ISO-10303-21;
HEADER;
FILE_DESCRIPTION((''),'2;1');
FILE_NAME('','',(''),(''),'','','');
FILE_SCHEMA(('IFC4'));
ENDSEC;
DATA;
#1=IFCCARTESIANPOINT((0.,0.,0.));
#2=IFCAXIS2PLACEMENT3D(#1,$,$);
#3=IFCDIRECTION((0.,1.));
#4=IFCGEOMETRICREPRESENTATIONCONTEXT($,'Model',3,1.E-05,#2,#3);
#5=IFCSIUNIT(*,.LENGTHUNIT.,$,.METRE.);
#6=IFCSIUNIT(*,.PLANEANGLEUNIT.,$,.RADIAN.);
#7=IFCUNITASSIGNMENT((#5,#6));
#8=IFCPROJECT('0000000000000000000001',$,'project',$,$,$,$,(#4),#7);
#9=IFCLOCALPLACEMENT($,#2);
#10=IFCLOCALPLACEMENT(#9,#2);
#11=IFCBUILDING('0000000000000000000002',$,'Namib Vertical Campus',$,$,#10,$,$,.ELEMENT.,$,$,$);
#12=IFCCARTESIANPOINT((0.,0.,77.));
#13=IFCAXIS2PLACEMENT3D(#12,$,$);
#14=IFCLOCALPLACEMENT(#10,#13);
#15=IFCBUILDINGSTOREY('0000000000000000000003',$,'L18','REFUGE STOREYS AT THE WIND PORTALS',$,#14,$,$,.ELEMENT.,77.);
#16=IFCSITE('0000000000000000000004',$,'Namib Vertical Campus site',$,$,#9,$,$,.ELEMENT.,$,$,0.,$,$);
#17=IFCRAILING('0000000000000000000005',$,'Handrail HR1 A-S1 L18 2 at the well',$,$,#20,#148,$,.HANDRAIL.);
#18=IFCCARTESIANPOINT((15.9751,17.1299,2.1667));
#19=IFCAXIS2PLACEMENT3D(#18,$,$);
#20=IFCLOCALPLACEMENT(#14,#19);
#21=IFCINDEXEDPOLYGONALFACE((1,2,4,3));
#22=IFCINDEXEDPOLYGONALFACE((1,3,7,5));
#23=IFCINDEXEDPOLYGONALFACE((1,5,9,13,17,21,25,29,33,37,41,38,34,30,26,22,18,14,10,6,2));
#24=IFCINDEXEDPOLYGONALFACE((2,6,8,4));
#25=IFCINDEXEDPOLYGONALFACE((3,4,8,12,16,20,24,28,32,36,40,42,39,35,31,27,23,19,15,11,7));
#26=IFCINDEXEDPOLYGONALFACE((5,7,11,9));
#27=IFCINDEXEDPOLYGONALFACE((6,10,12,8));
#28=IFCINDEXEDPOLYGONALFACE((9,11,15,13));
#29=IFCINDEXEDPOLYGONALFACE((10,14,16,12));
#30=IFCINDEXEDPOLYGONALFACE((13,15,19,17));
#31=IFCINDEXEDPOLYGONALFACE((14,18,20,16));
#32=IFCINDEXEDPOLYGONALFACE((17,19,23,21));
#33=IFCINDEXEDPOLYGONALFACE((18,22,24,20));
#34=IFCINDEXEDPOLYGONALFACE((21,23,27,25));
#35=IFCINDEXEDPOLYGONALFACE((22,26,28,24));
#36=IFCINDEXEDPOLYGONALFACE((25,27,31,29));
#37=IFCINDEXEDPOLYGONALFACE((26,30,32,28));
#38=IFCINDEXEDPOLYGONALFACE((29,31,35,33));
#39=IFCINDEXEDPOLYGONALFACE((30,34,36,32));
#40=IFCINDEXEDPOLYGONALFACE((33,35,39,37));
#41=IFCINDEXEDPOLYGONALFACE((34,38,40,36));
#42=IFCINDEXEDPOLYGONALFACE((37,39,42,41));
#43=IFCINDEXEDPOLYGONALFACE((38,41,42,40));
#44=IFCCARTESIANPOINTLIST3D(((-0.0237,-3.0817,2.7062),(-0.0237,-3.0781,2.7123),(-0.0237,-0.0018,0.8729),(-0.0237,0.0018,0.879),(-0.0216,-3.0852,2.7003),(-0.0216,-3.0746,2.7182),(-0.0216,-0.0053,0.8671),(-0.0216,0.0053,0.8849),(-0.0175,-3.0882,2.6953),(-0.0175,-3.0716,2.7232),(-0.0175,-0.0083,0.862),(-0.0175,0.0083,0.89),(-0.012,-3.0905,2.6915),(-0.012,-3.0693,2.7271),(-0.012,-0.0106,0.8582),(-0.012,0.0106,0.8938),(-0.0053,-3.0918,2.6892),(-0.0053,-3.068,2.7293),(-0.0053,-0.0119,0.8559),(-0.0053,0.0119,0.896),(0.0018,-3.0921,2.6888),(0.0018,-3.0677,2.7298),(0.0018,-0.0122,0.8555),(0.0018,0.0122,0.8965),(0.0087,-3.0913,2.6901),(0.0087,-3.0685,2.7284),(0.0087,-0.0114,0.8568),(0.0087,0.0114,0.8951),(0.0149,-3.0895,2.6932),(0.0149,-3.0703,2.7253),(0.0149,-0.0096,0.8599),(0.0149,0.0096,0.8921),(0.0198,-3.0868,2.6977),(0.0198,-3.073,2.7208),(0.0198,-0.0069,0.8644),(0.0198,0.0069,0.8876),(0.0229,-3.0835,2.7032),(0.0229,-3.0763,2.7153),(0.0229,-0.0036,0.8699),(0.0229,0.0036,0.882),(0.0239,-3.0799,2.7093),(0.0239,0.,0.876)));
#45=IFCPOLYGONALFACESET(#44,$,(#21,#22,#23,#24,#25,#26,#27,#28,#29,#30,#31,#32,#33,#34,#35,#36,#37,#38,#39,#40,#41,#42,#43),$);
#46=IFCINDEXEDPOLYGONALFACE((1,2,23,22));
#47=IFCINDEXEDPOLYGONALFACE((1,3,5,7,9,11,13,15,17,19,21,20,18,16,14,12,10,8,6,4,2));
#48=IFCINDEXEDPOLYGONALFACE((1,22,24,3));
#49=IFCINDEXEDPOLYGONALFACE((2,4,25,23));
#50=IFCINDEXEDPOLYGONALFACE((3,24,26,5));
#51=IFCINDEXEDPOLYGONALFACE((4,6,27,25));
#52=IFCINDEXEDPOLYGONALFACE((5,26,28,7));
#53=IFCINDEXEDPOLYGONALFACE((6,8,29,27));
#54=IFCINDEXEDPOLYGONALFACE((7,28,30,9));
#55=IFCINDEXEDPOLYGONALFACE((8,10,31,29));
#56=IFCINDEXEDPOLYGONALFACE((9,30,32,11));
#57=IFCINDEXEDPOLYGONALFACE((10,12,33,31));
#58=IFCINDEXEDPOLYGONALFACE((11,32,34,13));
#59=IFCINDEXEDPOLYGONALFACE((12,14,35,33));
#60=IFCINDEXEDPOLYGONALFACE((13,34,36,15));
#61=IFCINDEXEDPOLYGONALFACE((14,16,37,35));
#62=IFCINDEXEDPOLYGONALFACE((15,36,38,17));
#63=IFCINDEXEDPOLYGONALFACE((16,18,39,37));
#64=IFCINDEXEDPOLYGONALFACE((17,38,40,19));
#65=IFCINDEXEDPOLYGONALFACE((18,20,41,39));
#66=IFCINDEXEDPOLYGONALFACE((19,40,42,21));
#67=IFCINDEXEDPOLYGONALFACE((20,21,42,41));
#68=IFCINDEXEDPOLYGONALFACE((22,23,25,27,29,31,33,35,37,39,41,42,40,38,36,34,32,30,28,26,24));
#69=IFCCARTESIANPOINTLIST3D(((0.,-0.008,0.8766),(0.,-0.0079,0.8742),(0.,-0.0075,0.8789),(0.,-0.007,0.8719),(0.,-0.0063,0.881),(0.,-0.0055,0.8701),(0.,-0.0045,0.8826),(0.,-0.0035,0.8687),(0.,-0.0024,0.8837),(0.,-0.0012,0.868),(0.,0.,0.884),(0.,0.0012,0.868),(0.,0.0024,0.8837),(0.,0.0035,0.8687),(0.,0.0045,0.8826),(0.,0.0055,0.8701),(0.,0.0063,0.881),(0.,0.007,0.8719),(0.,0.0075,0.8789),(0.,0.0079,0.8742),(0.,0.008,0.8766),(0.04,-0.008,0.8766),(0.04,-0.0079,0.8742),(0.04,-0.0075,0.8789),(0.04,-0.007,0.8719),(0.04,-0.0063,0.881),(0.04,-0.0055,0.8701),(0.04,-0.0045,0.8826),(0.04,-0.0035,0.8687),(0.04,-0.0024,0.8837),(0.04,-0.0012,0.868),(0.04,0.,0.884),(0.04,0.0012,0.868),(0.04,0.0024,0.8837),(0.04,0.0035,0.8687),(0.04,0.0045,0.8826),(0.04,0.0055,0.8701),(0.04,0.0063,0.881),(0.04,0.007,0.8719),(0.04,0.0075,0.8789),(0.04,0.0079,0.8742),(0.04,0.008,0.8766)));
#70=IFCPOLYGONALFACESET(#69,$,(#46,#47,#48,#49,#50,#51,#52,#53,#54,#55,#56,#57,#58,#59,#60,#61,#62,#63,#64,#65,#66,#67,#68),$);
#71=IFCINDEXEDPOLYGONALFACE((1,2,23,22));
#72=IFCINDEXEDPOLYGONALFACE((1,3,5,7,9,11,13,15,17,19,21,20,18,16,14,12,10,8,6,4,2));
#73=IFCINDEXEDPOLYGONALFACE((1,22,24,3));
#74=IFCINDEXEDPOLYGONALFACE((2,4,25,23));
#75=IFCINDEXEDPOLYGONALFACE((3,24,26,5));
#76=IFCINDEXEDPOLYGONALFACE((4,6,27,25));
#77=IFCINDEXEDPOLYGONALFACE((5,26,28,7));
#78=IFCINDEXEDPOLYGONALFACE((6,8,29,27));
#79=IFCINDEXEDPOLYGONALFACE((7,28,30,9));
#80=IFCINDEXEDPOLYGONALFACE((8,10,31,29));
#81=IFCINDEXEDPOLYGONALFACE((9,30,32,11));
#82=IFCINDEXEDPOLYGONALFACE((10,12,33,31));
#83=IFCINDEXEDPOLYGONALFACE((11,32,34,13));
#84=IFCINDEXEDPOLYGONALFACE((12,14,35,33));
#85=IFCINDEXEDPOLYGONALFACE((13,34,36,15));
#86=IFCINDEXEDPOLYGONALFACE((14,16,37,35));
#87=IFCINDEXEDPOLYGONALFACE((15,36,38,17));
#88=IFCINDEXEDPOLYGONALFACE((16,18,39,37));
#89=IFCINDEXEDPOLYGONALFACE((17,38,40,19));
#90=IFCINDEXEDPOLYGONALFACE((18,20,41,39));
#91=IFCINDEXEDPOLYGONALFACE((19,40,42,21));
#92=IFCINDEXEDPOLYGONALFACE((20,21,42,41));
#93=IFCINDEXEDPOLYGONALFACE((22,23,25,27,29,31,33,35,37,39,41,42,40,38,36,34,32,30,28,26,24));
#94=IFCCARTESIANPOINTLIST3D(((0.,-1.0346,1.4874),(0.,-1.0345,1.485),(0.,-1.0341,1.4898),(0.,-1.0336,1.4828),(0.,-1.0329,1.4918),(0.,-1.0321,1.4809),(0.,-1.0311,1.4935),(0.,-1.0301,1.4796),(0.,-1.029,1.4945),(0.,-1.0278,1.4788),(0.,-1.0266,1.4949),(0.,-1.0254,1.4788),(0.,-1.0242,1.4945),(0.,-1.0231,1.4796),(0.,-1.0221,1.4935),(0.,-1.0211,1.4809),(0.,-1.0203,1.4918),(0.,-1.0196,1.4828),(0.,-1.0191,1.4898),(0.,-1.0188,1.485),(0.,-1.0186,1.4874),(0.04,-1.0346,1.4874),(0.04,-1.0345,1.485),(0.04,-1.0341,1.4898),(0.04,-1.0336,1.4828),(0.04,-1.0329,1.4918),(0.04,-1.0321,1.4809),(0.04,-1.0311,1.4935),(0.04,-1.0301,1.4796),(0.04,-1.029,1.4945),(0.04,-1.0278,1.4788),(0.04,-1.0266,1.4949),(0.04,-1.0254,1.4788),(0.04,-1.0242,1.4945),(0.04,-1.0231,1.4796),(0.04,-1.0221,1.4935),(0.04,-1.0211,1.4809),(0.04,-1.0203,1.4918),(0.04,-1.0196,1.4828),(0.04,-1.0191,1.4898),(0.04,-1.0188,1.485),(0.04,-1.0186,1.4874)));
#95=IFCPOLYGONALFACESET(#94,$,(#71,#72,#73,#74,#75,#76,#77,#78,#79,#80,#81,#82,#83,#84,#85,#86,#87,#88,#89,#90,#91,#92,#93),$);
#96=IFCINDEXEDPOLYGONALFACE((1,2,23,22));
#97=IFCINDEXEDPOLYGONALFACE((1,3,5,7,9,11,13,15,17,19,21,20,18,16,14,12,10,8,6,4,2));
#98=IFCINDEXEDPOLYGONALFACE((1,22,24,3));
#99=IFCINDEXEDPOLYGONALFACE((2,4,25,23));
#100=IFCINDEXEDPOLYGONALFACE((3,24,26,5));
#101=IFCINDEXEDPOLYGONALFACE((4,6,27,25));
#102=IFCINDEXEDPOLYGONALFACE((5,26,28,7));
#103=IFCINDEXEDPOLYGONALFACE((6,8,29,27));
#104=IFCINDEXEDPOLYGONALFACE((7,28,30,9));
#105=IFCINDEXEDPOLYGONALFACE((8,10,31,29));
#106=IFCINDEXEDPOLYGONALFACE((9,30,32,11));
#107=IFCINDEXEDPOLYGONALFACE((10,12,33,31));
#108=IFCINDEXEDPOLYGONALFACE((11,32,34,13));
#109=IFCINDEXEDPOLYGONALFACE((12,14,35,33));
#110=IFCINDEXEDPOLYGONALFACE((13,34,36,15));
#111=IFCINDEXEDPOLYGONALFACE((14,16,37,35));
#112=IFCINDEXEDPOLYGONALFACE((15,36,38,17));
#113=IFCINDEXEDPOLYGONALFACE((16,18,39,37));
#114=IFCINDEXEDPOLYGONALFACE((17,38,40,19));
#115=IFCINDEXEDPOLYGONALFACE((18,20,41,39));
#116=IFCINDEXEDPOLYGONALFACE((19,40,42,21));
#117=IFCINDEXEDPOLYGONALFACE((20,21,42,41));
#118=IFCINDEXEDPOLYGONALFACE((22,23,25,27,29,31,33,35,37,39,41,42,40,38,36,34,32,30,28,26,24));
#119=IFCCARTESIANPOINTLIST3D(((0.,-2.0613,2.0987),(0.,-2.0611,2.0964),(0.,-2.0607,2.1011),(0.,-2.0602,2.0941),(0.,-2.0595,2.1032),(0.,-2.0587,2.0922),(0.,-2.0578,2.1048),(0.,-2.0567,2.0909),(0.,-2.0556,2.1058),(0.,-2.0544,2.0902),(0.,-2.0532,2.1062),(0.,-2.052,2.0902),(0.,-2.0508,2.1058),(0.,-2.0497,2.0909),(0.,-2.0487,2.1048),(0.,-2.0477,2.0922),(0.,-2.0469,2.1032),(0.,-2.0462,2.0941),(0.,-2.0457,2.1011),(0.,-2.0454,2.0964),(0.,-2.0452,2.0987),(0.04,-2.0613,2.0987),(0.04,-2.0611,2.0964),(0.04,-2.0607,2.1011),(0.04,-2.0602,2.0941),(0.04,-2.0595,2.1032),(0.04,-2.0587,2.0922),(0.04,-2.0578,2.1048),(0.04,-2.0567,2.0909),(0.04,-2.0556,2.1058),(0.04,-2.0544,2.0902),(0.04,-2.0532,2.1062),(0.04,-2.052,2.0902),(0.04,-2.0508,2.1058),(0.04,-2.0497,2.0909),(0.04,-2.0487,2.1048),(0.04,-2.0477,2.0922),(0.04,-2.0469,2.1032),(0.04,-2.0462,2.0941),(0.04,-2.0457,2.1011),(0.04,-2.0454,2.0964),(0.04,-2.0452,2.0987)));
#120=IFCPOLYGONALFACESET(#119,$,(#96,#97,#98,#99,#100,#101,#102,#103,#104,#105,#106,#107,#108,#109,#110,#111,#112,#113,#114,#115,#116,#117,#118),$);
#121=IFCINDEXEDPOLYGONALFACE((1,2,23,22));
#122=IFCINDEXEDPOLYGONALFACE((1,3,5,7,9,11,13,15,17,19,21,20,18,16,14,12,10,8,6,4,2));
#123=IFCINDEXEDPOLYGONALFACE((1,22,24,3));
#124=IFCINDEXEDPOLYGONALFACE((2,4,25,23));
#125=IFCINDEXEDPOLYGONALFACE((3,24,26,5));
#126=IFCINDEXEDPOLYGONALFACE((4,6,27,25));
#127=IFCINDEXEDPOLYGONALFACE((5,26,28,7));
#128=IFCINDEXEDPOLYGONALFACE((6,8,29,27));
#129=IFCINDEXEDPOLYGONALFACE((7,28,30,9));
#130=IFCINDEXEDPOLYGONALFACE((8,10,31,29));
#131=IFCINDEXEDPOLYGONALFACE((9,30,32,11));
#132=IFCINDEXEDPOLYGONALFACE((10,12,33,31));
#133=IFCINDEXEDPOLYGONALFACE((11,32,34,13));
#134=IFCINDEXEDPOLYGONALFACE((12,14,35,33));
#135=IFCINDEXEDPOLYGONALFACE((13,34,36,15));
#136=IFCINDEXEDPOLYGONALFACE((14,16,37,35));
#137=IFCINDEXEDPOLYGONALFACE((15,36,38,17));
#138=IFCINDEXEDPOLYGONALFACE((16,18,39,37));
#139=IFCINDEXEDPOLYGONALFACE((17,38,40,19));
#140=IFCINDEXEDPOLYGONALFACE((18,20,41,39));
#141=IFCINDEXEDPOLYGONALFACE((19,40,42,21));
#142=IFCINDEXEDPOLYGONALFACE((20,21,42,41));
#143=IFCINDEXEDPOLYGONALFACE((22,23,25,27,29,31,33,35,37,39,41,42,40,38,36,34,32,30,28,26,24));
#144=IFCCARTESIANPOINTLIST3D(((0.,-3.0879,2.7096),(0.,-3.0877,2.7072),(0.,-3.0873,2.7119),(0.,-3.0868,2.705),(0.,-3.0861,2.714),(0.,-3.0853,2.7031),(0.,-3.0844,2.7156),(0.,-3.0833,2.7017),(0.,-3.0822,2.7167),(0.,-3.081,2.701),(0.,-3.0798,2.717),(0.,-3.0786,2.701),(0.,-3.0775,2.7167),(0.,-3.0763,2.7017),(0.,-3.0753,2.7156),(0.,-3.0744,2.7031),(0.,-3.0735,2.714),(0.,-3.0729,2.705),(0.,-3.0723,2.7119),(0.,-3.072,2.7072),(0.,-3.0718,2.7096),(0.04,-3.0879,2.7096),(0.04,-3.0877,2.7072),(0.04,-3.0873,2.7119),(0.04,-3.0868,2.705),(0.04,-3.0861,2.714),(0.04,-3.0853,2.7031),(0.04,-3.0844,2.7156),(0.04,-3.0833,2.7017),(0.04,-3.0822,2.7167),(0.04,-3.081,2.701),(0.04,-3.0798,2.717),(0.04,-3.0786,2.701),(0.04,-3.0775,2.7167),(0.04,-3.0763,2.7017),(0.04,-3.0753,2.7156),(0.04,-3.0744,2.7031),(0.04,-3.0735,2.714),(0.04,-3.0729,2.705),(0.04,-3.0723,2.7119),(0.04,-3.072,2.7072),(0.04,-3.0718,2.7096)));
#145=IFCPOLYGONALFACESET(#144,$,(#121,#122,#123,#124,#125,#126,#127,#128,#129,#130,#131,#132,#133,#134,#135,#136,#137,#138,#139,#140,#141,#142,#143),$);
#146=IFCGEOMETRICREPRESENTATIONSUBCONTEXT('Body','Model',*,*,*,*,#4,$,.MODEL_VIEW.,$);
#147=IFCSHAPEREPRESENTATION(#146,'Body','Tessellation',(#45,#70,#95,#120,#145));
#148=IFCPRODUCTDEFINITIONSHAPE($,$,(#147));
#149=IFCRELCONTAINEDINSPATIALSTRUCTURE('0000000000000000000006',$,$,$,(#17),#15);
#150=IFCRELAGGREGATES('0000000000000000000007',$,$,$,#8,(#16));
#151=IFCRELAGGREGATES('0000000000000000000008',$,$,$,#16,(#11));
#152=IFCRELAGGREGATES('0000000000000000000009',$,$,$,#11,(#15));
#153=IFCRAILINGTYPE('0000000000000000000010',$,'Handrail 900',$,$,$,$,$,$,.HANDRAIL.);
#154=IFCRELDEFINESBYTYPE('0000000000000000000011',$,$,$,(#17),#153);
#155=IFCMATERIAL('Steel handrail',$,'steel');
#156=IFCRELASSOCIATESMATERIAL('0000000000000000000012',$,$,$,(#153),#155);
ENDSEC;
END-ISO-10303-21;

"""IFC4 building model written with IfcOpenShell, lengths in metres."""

from ifc_helpers import new_model, si_unit, direction, frame, origin, origin_2d, place, context, subcontext, project, spatial, circle, extrude, material, type_object, element, save


model = new_model("IFC4")

# Units and contexts
model_context = context("Model", 3, precision=1e-05, world=origin(), true_north=direction((0.0, 1.0)))
body_context = subcontext(model_context, "Body", "Model", "MODEL_VIEW")
ifc_project = project(units=[si_unit("LENGTHUNIT", "METRE"), si_unit("PLANEANGLEUNIT", "RADIAN")], contexts=[model_context])

# Site, building, storey
site_placement = place(None, origin())
site = spatial("IfcSite", under=ifc_project, at=site_placement, Name="Namib Vertical Campus site", CompositionType="ELEMENT", RefElevation=0.0)
building_placement = place(site_placement, origin())
building = spatial("IfcBuilding", under=site, at=building_placement, Name="Namib Vertical Campus", CompositionType="ELEMENT")
storey_placement = place(building_placement, frame((0.0, 0.0, 77.0)))
storey = spatial("IfcBuildingStorey", under=building, at=storey_placement, Name="L18", Description="REFUGE STOREYS AT THE WIND PORTALS", CompositionType="ELEMENT", Elevation=77.0)

# Railing
ifc_material_1 = material(Name="Steel handrail", Category="steel")
railing_type_1 = type_object("IfcRailingType", Name="Handrail 900", PredefinedType="HANDRAIL", material=ifc_material_1)
railing_1_placement = place(storey_placement, frame((15.9751, 17.1299, 2.1667)))
element("IfcRailing", 1, at=railing_1_placement, inside=storey, type_object=railing_type_1, Name="Handrail HR1 A-S1 L18 2 at the well", PredefinedType="HANDRAIL", context=body_context, shape_type="SweptSolid", body=[
    extrude(circle(Radius=0.0239, at=origin_2d()), frame((0.0, 0.0, 0.876), z_axis=(0.0, -0.859291, 0.511487), x_axis=(1.0, 0.0, 0.0)), (0.0, 0.0, 1.0), 3.5842),
    extrude(circle(Radius=0.0081, at=origin_2d()), frame((0.0, 0.0, 0.876), z_axis=(1.0, 0.0, 0.0), x_axis=(0.0, 0.0, 1.0)), (0.0, 0.0, 1.0), 0.04),
    extrude(circle(Radius=0.0081, at=origin_2d()), frame((0.0, -1.0266, 1.4868), z_axis=(1.0, 0.0, 0.0), x_axis=(0.0, 0.0, 1.0)), (0.0, 0.0, 1.0), 0.04),
    extrude(circle(Radius=0.0081, at=origin_2d()), frame((0.0, -2.0532, 2.0981), z_axis=(1.0, 0.0, 0.0), x_axis=(0.0, 0.0, 1.0)), (0.0, 0.0, 1.0), 0.04),
    extrude(circle(Radius=0.0081, at=origin_2d()), frame((0.0, -3.0798, 2.709), z_axis=(1.0, 0.0, 0.0), x_axis=(0.0, 0.0, 1.0)), (0.0, 0.0, 1.0), 0.04),
])

save(model, "model.ifc")
